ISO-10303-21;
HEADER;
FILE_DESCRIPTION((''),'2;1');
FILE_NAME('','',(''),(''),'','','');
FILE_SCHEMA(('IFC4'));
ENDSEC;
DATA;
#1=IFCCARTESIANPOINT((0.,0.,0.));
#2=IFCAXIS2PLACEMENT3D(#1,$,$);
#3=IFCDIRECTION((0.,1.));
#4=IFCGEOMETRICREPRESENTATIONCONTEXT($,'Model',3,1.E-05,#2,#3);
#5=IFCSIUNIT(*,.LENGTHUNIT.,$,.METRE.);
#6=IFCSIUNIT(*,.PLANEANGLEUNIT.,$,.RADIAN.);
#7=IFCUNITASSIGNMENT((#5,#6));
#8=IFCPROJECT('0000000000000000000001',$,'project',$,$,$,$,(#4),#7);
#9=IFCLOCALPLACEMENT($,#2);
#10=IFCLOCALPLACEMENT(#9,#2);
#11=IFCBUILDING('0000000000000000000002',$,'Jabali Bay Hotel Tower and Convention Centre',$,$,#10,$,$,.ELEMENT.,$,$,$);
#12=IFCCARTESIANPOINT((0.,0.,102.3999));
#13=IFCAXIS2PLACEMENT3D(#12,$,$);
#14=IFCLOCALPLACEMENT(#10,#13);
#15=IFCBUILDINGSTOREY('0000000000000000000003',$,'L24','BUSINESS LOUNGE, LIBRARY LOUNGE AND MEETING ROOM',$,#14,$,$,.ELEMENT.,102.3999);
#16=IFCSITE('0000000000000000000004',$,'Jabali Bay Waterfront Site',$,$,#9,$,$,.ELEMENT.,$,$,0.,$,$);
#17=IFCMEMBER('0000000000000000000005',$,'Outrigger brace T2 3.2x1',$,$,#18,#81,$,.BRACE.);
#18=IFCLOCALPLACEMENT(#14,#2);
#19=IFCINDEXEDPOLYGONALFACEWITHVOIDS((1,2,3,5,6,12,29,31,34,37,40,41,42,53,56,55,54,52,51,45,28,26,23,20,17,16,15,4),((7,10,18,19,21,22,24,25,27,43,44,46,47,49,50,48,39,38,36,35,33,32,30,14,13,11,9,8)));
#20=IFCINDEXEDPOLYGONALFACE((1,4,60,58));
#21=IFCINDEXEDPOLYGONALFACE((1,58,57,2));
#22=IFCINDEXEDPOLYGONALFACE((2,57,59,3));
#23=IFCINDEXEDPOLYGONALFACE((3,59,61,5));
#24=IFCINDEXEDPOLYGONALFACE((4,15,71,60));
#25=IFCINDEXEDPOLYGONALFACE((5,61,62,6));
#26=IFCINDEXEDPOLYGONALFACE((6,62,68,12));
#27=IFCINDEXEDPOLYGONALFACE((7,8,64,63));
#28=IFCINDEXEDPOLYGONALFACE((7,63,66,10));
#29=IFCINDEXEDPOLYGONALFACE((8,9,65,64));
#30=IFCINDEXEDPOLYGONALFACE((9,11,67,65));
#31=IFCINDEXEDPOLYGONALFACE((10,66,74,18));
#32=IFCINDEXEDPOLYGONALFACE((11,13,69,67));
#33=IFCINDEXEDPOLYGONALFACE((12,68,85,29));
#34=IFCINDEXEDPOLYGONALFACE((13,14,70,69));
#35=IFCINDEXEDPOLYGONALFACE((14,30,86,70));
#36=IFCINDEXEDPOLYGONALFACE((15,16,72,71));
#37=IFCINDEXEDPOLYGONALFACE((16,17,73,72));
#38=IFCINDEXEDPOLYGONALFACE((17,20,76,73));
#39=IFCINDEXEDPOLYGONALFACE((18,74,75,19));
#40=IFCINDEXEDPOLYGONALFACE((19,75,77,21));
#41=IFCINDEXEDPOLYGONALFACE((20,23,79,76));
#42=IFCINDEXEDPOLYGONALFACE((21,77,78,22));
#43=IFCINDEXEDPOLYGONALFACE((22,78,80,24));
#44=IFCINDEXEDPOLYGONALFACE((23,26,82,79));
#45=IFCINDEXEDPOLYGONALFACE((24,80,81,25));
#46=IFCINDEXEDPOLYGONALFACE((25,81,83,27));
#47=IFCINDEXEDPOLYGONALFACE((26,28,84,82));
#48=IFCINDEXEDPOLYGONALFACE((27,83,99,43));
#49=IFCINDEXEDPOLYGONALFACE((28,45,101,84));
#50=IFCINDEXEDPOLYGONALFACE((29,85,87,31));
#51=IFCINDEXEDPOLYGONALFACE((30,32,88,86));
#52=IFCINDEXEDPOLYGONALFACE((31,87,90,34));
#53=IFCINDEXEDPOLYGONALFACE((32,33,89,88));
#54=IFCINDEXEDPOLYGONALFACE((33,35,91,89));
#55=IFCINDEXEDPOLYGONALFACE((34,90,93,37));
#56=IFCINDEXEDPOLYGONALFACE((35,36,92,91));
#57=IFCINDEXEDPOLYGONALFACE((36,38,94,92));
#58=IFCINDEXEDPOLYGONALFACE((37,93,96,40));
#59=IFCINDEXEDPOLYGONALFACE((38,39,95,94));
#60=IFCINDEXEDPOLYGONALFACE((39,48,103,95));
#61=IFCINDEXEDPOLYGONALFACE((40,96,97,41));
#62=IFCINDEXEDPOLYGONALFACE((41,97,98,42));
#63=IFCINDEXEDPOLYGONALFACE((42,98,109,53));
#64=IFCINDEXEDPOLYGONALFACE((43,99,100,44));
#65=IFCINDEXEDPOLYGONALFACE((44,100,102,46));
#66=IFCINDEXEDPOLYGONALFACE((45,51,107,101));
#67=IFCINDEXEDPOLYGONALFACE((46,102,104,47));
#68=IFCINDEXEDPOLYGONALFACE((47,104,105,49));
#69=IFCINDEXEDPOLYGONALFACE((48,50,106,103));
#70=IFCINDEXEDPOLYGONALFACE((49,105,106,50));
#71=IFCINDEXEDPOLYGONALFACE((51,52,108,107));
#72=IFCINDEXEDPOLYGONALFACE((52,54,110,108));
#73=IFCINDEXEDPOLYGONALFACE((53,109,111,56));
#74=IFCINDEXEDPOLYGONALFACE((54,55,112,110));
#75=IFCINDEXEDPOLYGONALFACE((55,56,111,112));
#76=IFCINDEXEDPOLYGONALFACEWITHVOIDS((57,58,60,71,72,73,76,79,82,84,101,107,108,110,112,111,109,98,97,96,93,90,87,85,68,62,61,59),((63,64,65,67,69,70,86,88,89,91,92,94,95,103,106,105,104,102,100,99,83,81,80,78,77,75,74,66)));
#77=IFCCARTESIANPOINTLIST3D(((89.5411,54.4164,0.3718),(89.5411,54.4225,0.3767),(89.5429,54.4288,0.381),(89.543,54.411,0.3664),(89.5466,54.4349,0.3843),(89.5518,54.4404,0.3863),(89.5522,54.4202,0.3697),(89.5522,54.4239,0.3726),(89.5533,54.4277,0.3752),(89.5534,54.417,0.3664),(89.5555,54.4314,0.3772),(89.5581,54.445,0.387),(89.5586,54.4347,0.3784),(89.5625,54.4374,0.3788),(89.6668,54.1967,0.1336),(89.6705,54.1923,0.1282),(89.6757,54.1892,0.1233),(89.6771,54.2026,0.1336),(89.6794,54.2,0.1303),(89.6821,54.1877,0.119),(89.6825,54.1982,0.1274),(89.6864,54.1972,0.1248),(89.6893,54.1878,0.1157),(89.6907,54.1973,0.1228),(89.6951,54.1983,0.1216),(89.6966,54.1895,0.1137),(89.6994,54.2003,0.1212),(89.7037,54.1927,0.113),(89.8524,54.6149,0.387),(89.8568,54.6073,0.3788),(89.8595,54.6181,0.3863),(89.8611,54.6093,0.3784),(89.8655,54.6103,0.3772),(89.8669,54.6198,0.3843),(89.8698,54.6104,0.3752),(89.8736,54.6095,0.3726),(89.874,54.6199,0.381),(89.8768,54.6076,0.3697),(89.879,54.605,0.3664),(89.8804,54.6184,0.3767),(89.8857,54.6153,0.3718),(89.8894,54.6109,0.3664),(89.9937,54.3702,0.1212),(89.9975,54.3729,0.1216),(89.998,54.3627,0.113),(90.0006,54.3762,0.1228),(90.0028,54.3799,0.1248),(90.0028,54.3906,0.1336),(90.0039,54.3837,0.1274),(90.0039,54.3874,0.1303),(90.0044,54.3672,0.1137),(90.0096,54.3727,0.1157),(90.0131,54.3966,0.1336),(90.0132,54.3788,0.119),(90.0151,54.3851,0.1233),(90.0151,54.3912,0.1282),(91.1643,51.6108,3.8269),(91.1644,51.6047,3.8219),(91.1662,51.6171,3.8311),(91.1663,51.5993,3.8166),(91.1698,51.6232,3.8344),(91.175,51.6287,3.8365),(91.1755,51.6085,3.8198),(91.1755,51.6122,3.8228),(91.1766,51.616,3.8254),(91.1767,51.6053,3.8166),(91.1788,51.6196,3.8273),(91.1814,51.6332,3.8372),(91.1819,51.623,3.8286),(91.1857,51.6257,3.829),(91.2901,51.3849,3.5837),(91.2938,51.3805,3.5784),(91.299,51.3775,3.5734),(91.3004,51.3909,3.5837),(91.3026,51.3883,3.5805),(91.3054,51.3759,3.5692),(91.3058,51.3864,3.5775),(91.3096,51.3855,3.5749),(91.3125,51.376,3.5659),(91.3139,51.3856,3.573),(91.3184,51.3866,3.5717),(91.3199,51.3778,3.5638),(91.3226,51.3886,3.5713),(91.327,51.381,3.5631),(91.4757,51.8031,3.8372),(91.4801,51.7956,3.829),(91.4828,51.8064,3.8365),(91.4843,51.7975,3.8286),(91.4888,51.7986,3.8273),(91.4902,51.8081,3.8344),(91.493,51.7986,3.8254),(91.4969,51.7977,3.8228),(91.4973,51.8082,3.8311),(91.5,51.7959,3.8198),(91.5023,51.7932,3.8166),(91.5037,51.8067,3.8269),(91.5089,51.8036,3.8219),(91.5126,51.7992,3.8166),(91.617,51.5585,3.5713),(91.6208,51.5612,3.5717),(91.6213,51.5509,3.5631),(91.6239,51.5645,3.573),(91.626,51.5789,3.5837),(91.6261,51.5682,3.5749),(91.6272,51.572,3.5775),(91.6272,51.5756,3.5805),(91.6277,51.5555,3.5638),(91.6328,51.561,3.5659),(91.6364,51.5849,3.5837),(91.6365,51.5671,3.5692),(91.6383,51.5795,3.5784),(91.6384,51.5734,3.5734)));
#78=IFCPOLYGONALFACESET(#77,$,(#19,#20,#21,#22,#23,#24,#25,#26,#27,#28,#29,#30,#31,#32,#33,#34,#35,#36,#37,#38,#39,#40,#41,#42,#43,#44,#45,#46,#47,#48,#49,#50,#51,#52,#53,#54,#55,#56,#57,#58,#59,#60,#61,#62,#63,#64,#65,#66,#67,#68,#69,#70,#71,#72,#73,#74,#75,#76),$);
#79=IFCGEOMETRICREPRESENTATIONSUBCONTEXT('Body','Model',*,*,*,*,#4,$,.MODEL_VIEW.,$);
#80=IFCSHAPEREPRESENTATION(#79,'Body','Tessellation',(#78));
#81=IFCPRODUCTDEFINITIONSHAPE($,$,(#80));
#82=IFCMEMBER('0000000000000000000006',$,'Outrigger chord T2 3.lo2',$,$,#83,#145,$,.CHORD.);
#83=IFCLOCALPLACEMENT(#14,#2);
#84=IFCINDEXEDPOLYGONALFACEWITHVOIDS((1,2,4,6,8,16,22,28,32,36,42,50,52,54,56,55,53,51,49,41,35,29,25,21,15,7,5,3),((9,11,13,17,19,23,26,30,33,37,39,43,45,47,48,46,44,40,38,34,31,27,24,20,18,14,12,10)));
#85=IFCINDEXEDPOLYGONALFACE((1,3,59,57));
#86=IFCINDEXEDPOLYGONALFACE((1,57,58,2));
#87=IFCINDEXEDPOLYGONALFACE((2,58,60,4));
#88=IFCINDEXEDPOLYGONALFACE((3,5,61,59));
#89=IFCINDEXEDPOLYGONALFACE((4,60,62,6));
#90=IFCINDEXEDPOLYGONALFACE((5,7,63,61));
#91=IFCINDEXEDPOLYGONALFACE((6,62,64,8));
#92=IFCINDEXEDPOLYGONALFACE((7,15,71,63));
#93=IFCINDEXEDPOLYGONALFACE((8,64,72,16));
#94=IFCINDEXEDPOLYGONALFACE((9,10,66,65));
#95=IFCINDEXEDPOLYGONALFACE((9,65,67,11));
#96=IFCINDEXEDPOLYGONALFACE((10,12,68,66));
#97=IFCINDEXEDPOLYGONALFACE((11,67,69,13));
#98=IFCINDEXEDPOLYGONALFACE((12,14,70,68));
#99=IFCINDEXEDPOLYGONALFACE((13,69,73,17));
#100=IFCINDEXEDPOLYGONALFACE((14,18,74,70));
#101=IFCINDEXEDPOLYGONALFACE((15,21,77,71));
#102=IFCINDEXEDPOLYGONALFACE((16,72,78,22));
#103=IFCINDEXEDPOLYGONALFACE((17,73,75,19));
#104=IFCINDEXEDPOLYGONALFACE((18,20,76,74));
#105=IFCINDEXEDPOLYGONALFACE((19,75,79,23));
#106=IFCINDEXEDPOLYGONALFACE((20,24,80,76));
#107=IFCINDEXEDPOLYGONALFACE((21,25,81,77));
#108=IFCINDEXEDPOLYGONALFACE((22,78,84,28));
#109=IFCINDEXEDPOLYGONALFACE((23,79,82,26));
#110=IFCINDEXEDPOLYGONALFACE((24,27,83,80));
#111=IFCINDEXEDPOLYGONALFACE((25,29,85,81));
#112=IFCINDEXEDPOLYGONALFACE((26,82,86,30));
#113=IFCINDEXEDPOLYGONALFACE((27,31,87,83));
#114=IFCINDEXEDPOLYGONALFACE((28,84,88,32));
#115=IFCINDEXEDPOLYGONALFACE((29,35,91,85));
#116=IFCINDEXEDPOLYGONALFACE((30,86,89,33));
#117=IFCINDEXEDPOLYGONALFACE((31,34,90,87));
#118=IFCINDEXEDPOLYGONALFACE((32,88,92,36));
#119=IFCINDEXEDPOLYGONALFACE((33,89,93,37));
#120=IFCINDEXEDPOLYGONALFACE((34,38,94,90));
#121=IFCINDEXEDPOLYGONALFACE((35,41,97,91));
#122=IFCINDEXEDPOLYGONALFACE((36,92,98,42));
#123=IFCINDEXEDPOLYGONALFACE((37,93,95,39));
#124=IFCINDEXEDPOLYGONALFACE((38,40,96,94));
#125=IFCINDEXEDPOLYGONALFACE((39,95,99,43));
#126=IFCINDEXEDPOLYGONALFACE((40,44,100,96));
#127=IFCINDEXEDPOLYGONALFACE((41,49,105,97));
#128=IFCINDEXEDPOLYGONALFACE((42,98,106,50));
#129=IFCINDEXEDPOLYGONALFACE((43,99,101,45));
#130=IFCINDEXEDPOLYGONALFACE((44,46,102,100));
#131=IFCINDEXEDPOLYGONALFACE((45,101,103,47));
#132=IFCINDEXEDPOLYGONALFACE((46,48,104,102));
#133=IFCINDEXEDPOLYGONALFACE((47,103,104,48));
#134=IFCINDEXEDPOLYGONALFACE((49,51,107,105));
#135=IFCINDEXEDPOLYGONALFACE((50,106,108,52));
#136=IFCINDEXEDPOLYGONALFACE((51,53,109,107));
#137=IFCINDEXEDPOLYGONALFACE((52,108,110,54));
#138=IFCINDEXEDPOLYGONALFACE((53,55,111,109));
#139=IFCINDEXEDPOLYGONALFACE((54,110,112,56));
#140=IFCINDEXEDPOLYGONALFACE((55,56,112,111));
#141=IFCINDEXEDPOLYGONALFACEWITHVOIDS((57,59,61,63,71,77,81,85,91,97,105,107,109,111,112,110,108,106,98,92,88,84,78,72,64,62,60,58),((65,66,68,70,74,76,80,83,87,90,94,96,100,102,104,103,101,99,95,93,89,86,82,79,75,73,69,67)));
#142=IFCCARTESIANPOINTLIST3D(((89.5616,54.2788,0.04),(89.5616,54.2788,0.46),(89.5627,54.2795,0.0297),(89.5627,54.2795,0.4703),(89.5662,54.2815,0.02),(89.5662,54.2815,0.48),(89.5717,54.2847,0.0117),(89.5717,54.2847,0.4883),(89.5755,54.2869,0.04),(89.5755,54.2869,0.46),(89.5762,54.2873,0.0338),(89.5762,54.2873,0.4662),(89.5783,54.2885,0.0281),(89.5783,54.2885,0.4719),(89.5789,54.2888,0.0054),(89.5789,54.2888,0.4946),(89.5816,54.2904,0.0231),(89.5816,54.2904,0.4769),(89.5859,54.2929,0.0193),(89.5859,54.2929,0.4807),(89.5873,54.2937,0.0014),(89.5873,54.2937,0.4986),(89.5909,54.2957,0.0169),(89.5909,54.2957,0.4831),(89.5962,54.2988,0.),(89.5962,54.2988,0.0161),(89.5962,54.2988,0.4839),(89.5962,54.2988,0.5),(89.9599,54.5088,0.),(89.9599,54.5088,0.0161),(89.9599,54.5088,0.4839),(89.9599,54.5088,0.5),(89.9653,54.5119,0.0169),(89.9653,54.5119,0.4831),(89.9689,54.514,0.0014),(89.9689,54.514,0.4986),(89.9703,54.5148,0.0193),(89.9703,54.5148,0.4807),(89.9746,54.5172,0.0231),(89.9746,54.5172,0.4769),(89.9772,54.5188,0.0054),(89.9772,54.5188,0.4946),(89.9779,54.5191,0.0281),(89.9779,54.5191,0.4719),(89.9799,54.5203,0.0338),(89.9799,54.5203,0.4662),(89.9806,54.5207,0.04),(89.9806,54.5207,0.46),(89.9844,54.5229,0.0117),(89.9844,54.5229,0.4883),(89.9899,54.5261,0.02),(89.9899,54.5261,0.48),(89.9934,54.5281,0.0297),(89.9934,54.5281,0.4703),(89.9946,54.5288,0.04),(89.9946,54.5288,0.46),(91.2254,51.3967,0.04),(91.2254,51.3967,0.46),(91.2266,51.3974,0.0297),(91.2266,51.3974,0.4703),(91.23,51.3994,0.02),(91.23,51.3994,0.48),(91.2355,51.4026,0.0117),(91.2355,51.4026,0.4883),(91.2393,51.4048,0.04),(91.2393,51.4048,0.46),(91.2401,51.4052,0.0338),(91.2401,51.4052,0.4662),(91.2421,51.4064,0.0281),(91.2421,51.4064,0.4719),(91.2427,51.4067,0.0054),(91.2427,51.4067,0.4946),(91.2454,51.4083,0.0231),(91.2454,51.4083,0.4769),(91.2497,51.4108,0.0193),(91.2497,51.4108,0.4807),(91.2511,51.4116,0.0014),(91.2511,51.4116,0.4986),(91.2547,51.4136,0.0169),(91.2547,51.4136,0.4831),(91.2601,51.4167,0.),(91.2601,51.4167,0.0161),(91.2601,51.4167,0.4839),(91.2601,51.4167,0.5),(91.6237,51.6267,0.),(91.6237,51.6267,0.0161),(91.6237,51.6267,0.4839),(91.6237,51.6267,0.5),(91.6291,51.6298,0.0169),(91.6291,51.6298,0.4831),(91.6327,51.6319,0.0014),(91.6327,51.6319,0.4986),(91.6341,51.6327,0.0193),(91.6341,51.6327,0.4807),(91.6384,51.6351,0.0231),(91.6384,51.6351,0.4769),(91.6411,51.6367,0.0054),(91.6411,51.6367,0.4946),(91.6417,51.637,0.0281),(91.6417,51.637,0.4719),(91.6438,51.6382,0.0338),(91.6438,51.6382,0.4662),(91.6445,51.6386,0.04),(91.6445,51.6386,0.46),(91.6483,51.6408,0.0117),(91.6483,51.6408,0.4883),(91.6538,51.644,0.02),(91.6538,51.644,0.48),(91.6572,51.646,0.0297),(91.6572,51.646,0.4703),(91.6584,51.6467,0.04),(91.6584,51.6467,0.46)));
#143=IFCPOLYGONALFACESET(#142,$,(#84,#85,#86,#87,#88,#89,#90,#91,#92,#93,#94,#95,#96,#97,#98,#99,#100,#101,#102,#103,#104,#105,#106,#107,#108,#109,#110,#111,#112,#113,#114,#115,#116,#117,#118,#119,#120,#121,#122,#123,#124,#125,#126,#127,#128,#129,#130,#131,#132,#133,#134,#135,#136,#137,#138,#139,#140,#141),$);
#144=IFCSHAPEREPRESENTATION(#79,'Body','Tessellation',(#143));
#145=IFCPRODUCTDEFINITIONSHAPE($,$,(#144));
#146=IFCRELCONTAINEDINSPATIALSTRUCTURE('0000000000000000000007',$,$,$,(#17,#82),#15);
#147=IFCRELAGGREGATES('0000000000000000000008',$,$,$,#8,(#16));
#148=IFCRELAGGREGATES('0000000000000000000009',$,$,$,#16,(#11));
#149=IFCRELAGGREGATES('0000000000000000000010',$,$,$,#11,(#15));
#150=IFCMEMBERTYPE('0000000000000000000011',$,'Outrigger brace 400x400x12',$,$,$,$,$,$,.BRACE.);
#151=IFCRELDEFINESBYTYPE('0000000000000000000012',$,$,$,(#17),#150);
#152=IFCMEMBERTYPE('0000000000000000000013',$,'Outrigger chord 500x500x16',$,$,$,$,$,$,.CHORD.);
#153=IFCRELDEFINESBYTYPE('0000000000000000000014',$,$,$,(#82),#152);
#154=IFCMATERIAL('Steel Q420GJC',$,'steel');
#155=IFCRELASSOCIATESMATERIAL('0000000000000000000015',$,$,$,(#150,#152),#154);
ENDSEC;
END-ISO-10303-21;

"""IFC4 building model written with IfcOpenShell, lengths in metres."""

from ifc_helpers import new_model, si_unit, direction, frame, origin, origin_2d, place, context, subcontext, project, spatial, hollow_rectangle, extrude, material, material_profile, profile_set, type_object, element, save


model = new_model("IFC4")

# Units and contexts
model_context = context("Model", 3, precision=1e-05, world=origin(), true_north=direction((0.0, 1.0)))
body_context = subcontext(model_context, "Body", "Model", "MODEL_VIEW")
ifc_project = project(units=[si_unit("LENGTHUNIT", "METRE"), si_unit("PLANEANGLEUNIT", "RADIAN")], contexts=[model_context])

# Site, building, storey
site_placement = place(None, origin())
site = spatial("IfcSite", under=ifc_project, at=site_placement, Name="Jabali Bay Waterfront Site", CompositionType="ELEMENT", RefElevation=0.0)
building_placement = place(site_placement, origin())
building = spatial("IfcBuilding", under=site, at=building_placement, Name="Jabali Bay Hotel Tower and Convention Centre", CompositionType="ELEMENT")
storey_placement = place(building_placement, frame((0.0, 0.0, 102.3999)))
storey = spatial("IfcBuildingStorey", under=building, at=storey_placement, Name="L24", Description="BUSINESS LOUNGE, LIBRARY LOUNGE AND MEETING ROOM", CompositionType="ELEMENT", Elevation=102.3999)

# Shared definitions
ifc_material_1 = material(Name="Steel Q420GJC", Category="steel")

# Members
ifc_material_profile_1 = material_profile(ifc_material_1, hollow_rectangle(XDim=0.3999, YDim=0.3999, WallThickness=0.012, InnerFilletRadius=0.0181, OuterFilletRadius=0.03, at=origin_2d()), Name="Outrigger brace 400x400x12")
ifc_profile_set_1 = profile_set([ifc_material_profile_1], Name="Steel Q420GJC")
member_type_1 = type_object("IfcMemberType", Name="Outrigger brace 400x400x12", PredefinedType="BRACE", material=ifc_profile_set_1)
member_1_placement = place(storey_placement, frame((89.7781, 54.4038, 0.25), z_axis=(0.342639, -0.593499, 0.728256), x_axis=(0.866037, 0.499981, 0.0)))
element("IfcMember", 1, at=member_1_placement, inside=storey, type_object=member_type_1, Name="Outrigger brace T2 3.2x1", PredefinedType="BRACE", context=body_context, shape_type="SweptSolid", body=[
    extrude(hollow_rectangle(XDim=0.3999, YDim=0.3999, WallThickness=0.012, InnerFilletRadius=0.0181, OuterFilletRadius=0.03, at=origin_2d()), origin(), (0.0, 0.0, 1.0), 4.7375),
])
ifc_material_profile_2 = material_profile(ifc_material_1, hollow_rectangle(XDim=0.5, YDim=0.5, WallThickness=0.0161, InnerFilletRadius=0.0239, OuterFilletRadius=0.04, at=origin_2d()), Name="Outrigger chord 500x500x16")
ifc_profile_set_2 = profile_set([ifc_material_profile_2], Name="Steel Q420GJC")
member_type_2 = type_object("IfcMemberType", Name="Outrigger chord 500x500x16", PredefinedType="CHORD", material=ifc_profile_set_2)
member_2_placement = place(storey_placement, frame((89.7781, 54.4038, 0.25), z_axis=(0.499966, -0.866045, 0.0), x_axis=(0.866045, 0.499966, 0.0)))
element("IfcMember", 2, at=member_2_placement, inside=storey, type_object=member_type_2, Name="Outrigger chord T2 3.lo2", PredefinedType="CHORD", context=body_context, shape_type="SweptSolid", body=[
    extrude(hollow_rectangle(XDim=0.5, YDim=0.5, WallThickness=0.0161, InnerFilletRadius=0.0239, OuterFilletRadius=0.04, at=origin_2d()), origin(), (0.0, 0.0, 1.0), 3.3279),
])

save(model, "model.ifc")
